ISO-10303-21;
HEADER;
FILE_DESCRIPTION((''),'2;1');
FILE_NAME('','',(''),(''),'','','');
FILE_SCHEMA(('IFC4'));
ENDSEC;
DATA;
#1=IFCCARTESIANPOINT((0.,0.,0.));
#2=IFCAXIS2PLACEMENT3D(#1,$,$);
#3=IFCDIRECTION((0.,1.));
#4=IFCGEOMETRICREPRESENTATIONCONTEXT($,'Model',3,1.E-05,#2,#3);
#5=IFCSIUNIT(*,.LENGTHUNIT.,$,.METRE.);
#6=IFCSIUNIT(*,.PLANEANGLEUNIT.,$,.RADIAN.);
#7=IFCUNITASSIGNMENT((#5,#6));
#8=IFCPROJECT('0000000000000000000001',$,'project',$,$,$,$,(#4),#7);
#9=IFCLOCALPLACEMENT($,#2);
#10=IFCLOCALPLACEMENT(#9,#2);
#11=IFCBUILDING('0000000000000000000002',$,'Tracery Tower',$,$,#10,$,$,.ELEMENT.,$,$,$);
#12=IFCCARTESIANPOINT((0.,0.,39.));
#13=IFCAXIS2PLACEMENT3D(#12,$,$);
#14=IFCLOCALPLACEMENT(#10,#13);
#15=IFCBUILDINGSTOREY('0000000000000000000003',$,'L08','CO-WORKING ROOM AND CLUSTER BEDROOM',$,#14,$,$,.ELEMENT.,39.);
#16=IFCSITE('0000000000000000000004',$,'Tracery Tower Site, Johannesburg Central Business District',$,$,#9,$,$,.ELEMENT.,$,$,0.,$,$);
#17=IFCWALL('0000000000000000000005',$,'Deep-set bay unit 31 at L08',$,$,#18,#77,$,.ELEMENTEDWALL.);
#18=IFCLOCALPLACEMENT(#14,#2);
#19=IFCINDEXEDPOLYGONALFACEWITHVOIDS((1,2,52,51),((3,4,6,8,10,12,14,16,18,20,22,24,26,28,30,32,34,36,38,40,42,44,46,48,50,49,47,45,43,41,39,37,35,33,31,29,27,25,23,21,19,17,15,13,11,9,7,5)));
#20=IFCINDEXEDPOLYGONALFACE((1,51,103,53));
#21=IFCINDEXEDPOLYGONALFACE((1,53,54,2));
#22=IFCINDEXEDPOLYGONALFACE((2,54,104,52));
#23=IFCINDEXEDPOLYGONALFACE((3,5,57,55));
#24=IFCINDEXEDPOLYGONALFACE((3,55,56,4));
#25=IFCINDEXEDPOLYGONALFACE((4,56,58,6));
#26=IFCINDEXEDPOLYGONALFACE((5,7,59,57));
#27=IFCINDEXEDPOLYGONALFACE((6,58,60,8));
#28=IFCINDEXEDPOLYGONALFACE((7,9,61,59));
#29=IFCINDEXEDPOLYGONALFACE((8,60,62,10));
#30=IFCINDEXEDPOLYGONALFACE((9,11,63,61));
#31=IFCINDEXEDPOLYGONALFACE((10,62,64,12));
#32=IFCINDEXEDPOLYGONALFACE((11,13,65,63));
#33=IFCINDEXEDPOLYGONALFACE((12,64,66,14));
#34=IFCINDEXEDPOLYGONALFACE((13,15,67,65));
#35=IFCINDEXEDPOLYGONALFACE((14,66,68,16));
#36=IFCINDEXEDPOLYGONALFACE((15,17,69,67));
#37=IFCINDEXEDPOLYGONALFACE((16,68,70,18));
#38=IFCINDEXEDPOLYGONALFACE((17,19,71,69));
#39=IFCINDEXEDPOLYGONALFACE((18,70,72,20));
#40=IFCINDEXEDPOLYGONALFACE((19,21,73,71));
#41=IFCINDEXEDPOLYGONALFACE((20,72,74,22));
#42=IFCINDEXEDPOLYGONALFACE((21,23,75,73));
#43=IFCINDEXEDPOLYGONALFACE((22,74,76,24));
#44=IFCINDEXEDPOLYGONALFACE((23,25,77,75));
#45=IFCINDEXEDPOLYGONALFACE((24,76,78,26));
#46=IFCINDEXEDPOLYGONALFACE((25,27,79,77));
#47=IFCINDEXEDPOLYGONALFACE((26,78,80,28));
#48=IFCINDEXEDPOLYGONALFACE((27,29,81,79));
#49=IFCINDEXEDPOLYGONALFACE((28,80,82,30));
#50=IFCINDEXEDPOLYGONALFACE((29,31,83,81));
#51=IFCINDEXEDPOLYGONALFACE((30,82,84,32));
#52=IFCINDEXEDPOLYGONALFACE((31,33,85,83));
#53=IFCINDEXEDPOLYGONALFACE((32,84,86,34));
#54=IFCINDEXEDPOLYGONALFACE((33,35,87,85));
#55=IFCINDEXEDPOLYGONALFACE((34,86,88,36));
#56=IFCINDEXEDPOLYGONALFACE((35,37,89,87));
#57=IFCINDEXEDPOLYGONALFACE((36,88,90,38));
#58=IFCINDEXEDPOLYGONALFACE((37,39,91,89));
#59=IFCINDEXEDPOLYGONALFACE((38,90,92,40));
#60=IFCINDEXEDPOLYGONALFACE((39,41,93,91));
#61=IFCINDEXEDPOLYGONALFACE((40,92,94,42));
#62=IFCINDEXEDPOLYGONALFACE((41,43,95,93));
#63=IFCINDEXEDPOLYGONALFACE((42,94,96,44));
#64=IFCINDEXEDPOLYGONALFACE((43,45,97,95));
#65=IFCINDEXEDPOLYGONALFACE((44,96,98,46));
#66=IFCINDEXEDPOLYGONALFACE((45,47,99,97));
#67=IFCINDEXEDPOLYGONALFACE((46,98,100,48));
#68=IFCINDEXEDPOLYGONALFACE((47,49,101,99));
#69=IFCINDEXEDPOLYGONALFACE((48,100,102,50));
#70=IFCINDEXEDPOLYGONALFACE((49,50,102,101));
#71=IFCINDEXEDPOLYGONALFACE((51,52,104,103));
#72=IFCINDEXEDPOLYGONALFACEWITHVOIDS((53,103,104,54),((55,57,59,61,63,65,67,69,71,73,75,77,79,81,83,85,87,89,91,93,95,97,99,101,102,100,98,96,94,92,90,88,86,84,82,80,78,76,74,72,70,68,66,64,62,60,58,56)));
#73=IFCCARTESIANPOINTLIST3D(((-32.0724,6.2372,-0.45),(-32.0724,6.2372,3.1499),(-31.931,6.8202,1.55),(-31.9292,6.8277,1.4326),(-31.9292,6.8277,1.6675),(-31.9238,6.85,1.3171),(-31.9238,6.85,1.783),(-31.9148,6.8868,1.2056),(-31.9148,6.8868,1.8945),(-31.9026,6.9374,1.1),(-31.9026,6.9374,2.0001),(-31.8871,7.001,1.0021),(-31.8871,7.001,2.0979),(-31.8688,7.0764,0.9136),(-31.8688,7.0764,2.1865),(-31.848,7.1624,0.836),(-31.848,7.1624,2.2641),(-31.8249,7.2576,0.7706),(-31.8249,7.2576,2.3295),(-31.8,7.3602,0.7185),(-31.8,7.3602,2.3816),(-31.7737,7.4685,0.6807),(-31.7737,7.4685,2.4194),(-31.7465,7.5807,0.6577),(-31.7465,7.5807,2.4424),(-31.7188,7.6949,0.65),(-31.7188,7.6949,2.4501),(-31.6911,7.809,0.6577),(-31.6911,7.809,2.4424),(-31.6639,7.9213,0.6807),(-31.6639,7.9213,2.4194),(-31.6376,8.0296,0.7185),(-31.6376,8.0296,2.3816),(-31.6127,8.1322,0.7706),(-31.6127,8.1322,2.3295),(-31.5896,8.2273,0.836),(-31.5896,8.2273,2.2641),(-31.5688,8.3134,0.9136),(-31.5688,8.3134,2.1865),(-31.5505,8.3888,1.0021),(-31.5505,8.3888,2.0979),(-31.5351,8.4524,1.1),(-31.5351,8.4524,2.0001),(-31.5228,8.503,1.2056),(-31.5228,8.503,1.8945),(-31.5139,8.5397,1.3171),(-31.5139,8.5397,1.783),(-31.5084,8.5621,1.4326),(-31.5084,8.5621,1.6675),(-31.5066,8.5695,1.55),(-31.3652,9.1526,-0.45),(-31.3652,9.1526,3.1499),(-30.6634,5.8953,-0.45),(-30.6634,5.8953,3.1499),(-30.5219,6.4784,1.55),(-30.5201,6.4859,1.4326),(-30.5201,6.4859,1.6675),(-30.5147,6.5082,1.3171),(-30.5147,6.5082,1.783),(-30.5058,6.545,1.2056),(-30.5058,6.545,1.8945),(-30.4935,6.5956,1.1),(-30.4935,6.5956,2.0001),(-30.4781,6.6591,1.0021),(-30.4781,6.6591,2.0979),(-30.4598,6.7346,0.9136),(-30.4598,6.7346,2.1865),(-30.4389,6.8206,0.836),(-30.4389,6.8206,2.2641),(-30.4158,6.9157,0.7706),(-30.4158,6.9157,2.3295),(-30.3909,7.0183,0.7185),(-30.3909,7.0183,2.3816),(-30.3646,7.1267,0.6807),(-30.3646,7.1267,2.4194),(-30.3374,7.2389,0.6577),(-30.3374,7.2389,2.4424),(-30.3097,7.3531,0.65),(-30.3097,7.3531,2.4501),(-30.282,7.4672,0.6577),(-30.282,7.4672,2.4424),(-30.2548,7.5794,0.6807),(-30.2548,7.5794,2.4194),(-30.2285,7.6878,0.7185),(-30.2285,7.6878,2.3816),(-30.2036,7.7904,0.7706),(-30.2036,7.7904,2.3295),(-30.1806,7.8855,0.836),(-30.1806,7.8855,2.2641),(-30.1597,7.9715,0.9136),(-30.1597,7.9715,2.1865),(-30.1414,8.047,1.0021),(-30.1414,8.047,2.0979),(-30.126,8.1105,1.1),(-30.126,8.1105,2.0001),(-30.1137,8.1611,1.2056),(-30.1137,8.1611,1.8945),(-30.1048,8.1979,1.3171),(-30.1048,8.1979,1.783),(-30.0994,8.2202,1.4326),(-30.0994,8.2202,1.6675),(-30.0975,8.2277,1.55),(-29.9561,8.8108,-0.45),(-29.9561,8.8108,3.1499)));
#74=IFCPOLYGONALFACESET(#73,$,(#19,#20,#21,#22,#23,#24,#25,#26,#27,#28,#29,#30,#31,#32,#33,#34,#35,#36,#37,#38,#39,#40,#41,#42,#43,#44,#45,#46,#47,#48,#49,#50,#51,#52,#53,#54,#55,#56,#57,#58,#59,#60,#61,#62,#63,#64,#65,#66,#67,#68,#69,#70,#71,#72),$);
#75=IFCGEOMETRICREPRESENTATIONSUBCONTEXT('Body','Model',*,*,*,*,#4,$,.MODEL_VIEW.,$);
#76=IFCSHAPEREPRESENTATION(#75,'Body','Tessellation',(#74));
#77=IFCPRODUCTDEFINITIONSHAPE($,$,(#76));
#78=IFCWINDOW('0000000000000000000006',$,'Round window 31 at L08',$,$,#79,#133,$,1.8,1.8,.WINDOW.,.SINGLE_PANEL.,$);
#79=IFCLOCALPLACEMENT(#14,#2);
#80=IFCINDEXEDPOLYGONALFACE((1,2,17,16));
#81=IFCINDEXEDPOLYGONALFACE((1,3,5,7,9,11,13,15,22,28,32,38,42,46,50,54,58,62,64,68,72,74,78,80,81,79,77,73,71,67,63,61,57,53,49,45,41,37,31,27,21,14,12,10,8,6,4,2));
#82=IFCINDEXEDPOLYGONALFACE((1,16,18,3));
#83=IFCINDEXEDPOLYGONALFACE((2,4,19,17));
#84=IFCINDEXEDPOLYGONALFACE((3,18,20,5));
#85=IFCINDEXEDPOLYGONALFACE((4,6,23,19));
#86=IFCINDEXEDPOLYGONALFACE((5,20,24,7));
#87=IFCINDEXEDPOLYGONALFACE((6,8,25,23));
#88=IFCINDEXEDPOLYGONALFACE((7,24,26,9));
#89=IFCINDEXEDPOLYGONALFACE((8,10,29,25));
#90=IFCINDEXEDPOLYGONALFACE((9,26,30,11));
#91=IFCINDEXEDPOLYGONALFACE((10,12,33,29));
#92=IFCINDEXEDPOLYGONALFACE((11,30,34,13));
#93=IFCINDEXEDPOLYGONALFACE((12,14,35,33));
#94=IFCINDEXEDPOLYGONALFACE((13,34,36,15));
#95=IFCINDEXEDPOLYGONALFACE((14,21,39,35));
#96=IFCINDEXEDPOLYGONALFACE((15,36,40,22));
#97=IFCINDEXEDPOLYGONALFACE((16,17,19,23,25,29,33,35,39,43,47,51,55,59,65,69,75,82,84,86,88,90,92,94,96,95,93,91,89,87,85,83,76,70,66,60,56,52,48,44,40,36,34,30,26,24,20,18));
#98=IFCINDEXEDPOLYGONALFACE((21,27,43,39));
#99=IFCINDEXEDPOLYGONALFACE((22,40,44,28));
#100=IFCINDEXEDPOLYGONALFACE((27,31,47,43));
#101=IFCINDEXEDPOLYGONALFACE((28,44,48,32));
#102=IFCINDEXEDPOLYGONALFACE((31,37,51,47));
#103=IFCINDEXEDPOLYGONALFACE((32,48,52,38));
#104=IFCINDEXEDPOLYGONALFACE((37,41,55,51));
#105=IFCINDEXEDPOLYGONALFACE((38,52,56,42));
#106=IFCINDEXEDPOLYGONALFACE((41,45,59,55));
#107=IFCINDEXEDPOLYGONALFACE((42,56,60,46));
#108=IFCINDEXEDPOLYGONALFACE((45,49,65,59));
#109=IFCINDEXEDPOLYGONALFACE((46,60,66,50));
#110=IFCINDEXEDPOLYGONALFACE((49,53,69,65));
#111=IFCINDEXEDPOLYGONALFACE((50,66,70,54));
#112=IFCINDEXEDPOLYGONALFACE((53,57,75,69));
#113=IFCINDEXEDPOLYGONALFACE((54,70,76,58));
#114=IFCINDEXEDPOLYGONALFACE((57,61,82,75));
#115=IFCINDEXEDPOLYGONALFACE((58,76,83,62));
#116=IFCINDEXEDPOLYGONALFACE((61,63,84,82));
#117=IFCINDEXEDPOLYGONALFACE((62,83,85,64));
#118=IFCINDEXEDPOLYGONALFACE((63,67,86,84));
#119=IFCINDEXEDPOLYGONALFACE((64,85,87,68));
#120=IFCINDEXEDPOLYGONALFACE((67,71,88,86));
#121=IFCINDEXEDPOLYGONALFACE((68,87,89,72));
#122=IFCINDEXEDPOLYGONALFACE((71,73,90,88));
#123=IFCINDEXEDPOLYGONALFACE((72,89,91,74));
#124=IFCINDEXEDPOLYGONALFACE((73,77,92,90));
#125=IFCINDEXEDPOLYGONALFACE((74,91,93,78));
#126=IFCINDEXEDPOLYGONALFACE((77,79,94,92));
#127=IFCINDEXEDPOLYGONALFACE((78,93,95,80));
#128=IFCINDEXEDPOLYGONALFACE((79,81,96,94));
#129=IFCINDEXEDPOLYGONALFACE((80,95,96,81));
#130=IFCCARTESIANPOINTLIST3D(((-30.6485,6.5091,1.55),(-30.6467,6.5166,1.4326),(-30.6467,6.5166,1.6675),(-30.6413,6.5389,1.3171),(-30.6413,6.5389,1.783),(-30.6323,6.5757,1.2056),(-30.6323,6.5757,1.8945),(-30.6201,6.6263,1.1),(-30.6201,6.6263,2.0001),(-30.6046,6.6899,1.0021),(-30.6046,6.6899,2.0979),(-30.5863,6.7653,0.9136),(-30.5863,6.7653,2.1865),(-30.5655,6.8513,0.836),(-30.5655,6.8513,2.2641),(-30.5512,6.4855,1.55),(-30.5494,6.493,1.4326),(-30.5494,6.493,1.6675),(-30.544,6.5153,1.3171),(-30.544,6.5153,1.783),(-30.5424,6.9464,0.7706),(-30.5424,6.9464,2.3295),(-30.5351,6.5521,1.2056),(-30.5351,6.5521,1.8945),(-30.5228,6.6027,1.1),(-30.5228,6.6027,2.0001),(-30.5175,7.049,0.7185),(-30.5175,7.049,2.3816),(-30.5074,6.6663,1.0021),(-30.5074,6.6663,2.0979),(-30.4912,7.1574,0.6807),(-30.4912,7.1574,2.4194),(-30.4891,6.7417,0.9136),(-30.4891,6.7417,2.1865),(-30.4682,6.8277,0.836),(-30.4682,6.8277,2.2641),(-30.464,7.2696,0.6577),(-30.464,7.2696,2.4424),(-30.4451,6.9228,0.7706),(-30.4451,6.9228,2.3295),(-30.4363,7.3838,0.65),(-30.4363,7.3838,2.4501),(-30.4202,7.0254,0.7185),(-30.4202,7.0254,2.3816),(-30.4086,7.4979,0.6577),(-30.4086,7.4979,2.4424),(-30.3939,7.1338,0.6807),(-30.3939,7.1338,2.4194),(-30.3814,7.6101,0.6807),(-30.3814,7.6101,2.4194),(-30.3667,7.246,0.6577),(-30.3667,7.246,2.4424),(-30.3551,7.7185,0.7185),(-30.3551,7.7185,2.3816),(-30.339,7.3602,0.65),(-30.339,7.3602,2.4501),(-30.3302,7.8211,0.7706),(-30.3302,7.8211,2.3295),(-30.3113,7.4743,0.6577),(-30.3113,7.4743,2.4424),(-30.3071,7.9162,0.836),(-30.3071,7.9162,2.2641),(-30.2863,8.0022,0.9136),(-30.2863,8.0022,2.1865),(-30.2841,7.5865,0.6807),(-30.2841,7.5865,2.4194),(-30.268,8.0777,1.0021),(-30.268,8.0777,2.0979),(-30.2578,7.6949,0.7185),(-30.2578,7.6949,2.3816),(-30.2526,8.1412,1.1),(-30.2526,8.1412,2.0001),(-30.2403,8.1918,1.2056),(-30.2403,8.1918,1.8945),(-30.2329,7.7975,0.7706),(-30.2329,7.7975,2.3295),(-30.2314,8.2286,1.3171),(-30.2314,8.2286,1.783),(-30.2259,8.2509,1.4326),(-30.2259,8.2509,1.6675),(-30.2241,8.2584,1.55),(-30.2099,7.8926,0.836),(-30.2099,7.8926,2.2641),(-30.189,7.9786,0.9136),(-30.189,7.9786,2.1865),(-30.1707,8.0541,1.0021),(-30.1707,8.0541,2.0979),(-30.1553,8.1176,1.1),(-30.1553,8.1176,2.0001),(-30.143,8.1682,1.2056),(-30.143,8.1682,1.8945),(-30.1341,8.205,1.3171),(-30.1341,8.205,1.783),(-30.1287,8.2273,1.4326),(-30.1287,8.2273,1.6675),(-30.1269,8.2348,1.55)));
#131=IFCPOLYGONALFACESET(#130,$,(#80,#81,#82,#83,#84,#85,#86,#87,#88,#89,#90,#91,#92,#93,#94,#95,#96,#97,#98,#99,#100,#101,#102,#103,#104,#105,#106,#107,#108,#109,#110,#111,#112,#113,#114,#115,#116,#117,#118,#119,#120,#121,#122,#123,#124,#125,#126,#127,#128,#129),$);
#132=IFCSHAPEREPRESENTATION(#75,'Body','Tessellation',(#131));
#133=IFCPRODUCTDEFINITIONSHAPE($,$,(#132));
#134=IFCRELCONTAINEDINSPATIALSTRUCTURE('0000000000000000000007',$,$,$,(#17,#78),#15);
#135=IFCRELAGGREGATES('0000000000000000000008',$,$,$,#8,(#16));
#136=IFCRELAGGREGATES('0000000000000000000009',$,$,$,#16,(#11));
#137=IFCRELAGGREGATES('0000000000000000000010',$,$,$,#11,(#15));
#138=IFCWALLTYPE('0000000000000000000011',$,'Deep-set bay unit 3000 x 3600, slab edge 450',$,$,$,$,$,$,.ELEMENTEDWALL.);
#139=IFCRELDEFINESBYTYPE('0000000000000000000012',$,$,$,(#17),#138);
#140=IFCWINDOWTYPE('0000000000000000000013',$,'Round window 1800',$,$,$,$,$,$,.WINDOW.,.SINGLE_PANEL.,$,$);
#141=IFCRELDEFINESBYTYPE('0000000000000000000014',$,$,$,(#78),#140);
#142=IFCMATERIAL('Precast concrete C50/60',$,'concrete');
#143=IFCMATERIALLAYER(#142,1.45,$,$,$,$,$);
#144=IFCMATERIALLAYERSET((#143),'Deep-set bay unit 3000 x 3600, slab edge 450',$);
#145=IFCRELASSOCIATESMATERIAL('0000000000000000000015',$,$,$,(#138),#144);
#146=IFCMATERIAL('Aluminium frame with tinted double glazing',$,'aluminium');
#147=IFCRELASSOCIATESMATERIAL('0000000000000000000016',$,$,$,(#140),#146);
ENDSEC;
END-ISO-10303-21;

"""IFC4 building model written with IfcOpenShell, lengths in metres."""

from ifc_helpers import new_model, si_unit, direction, frame, frame_2d, origin, origin_2d, place, context, subcontext, project, spatial, rectangle, circle, extrude, material, layer, layer_set, type_object, element, fill, save


model = new_model("IFC4")

# Units and contexts
model_context = context("Model", 3, precision=1e-05, world=origin(), true_north=direction((0.0, 1.0)))
body_context = subcontext(model_context, "Body", "Model", "MODEL_VIEW")
ifc_project = project(units=[si_unit("LENGTHUNIT", "METRE"), si_unit("PLANEANGLEUNIT", "RADIAN")], contexts=[model_context])

# Site, building, storey
site_placement = place(None, origin())
site = spatial("IfcSite", under=ifc_project, at=site_placement, Name="Tracery Tower Site, Johannesburg Central Business District", CompositionType="ELEMENT", RefElevation=0.0)
building_placement = place(site_placement, origin())
building = spatial("IfcBuilding", under=site, at=building_placement, Name="Tracery Tower", CompositionType="ELEMENT")
storey_placement = place(building_placement, frame((0.0, 0.0, 39.0)))
storey = spatial("IfcBuildingStorey", under=building, at=storey_placement, Name="L08", Description="CO-WORKING ROOM AND CLUSTER BEDROOM", CompositionType="ELEMENT", Elevation=39.0)

# Wall, opening, window
ifc_material_1 = material(Name="Precast concrete C50/60", Category="concrete")
ifc_layer_1 = layer(ifc_material_1, 1.45)
ifc_layer_set_1 = layer_set([ifc_layer_1], Name="Deep-set bay unit 3000 x 3600, slab edge 450")
wall_type_1 = type_object("IfcWallType", Name="Deep-set bay unit 3000 x 3600, slab edge 450", PredefinedType="ELEMENTEDWALL", material=ifc_layer_set_1)
wall_1_placement = place(storey_placement, frame((-30.6606, 8.9817, -0.45), z_axis=(0.0, 0.0, 1.0), x_axis=(-0.235751, -0.971813, 0.0)))
wall_1 = element("IfcWall", 1, at=wall_1_placement, inside=storey, type_object=wall_type_1, Name="Deep-set bay unit 31 at L08", PredefinedType="ELEMENTEDWALL", context=body_context, shape_type="SweptSolid", body=[
    extrude(rectangle(XDim=3.0, YDim=1.45, at=frame_2d((1.5, 0.0))), origin(), (0.0, 0.0, 1.0), 3.5999),
])
opening_1_placement = place(wall_1_placement, frame((1.5, 0.0, 2.0)))
opening_1 = element("IfcOpeningElement", 2, at=opening_1_placement, cuts=wall_1, PredefinedType="OPENING", context=body_context, shape_type="SweptSolid", body=[
    extrude(circle(Radius=0.9, at=origin_2d()), frame((0.0, 0.7349, 0.0), z_axis=(0.0, -1.0, 0.0), x_axis=(1.0, 0.0, 0.0)), (0.0, 0.0, 1.0), 1.47),
])
ifc_material_2 = material(Name="Aluminium frame with tinted double glazing", Category="aluminium")
window_type = type_object("IfcWindowType", Name="Round window 1800", PartitioningType="SINGLE_PANEL", PredefinedType="WINDOW", material=ifc_material_2)
window_1_placement = place(opening_1_placement, origin())
window_1 = element("IfcWindow", 3, at=window_1_placement, inside=storey, type_object=window_type, Name="Round window 31 at L08", OverallHeight=1.8, OverallWidth=1.8, PartitioningType="SINGLE_PANEL", PredefinedType="WINDOW", context=body_context, shape_type="SweptSolid", body=[
    extrude(circle(Radius=0.9, at=origin_2d()), frame((0.0, 0.6948, 0.0), z_axis=(0.0, -1.0, 0.0), x_axis=(1.0, 0.0, 0.0)), (0.0, 0.0, 1.0), 0.1001),
])
fill(opening_1, window_1)

save(model, "model.ifc")
